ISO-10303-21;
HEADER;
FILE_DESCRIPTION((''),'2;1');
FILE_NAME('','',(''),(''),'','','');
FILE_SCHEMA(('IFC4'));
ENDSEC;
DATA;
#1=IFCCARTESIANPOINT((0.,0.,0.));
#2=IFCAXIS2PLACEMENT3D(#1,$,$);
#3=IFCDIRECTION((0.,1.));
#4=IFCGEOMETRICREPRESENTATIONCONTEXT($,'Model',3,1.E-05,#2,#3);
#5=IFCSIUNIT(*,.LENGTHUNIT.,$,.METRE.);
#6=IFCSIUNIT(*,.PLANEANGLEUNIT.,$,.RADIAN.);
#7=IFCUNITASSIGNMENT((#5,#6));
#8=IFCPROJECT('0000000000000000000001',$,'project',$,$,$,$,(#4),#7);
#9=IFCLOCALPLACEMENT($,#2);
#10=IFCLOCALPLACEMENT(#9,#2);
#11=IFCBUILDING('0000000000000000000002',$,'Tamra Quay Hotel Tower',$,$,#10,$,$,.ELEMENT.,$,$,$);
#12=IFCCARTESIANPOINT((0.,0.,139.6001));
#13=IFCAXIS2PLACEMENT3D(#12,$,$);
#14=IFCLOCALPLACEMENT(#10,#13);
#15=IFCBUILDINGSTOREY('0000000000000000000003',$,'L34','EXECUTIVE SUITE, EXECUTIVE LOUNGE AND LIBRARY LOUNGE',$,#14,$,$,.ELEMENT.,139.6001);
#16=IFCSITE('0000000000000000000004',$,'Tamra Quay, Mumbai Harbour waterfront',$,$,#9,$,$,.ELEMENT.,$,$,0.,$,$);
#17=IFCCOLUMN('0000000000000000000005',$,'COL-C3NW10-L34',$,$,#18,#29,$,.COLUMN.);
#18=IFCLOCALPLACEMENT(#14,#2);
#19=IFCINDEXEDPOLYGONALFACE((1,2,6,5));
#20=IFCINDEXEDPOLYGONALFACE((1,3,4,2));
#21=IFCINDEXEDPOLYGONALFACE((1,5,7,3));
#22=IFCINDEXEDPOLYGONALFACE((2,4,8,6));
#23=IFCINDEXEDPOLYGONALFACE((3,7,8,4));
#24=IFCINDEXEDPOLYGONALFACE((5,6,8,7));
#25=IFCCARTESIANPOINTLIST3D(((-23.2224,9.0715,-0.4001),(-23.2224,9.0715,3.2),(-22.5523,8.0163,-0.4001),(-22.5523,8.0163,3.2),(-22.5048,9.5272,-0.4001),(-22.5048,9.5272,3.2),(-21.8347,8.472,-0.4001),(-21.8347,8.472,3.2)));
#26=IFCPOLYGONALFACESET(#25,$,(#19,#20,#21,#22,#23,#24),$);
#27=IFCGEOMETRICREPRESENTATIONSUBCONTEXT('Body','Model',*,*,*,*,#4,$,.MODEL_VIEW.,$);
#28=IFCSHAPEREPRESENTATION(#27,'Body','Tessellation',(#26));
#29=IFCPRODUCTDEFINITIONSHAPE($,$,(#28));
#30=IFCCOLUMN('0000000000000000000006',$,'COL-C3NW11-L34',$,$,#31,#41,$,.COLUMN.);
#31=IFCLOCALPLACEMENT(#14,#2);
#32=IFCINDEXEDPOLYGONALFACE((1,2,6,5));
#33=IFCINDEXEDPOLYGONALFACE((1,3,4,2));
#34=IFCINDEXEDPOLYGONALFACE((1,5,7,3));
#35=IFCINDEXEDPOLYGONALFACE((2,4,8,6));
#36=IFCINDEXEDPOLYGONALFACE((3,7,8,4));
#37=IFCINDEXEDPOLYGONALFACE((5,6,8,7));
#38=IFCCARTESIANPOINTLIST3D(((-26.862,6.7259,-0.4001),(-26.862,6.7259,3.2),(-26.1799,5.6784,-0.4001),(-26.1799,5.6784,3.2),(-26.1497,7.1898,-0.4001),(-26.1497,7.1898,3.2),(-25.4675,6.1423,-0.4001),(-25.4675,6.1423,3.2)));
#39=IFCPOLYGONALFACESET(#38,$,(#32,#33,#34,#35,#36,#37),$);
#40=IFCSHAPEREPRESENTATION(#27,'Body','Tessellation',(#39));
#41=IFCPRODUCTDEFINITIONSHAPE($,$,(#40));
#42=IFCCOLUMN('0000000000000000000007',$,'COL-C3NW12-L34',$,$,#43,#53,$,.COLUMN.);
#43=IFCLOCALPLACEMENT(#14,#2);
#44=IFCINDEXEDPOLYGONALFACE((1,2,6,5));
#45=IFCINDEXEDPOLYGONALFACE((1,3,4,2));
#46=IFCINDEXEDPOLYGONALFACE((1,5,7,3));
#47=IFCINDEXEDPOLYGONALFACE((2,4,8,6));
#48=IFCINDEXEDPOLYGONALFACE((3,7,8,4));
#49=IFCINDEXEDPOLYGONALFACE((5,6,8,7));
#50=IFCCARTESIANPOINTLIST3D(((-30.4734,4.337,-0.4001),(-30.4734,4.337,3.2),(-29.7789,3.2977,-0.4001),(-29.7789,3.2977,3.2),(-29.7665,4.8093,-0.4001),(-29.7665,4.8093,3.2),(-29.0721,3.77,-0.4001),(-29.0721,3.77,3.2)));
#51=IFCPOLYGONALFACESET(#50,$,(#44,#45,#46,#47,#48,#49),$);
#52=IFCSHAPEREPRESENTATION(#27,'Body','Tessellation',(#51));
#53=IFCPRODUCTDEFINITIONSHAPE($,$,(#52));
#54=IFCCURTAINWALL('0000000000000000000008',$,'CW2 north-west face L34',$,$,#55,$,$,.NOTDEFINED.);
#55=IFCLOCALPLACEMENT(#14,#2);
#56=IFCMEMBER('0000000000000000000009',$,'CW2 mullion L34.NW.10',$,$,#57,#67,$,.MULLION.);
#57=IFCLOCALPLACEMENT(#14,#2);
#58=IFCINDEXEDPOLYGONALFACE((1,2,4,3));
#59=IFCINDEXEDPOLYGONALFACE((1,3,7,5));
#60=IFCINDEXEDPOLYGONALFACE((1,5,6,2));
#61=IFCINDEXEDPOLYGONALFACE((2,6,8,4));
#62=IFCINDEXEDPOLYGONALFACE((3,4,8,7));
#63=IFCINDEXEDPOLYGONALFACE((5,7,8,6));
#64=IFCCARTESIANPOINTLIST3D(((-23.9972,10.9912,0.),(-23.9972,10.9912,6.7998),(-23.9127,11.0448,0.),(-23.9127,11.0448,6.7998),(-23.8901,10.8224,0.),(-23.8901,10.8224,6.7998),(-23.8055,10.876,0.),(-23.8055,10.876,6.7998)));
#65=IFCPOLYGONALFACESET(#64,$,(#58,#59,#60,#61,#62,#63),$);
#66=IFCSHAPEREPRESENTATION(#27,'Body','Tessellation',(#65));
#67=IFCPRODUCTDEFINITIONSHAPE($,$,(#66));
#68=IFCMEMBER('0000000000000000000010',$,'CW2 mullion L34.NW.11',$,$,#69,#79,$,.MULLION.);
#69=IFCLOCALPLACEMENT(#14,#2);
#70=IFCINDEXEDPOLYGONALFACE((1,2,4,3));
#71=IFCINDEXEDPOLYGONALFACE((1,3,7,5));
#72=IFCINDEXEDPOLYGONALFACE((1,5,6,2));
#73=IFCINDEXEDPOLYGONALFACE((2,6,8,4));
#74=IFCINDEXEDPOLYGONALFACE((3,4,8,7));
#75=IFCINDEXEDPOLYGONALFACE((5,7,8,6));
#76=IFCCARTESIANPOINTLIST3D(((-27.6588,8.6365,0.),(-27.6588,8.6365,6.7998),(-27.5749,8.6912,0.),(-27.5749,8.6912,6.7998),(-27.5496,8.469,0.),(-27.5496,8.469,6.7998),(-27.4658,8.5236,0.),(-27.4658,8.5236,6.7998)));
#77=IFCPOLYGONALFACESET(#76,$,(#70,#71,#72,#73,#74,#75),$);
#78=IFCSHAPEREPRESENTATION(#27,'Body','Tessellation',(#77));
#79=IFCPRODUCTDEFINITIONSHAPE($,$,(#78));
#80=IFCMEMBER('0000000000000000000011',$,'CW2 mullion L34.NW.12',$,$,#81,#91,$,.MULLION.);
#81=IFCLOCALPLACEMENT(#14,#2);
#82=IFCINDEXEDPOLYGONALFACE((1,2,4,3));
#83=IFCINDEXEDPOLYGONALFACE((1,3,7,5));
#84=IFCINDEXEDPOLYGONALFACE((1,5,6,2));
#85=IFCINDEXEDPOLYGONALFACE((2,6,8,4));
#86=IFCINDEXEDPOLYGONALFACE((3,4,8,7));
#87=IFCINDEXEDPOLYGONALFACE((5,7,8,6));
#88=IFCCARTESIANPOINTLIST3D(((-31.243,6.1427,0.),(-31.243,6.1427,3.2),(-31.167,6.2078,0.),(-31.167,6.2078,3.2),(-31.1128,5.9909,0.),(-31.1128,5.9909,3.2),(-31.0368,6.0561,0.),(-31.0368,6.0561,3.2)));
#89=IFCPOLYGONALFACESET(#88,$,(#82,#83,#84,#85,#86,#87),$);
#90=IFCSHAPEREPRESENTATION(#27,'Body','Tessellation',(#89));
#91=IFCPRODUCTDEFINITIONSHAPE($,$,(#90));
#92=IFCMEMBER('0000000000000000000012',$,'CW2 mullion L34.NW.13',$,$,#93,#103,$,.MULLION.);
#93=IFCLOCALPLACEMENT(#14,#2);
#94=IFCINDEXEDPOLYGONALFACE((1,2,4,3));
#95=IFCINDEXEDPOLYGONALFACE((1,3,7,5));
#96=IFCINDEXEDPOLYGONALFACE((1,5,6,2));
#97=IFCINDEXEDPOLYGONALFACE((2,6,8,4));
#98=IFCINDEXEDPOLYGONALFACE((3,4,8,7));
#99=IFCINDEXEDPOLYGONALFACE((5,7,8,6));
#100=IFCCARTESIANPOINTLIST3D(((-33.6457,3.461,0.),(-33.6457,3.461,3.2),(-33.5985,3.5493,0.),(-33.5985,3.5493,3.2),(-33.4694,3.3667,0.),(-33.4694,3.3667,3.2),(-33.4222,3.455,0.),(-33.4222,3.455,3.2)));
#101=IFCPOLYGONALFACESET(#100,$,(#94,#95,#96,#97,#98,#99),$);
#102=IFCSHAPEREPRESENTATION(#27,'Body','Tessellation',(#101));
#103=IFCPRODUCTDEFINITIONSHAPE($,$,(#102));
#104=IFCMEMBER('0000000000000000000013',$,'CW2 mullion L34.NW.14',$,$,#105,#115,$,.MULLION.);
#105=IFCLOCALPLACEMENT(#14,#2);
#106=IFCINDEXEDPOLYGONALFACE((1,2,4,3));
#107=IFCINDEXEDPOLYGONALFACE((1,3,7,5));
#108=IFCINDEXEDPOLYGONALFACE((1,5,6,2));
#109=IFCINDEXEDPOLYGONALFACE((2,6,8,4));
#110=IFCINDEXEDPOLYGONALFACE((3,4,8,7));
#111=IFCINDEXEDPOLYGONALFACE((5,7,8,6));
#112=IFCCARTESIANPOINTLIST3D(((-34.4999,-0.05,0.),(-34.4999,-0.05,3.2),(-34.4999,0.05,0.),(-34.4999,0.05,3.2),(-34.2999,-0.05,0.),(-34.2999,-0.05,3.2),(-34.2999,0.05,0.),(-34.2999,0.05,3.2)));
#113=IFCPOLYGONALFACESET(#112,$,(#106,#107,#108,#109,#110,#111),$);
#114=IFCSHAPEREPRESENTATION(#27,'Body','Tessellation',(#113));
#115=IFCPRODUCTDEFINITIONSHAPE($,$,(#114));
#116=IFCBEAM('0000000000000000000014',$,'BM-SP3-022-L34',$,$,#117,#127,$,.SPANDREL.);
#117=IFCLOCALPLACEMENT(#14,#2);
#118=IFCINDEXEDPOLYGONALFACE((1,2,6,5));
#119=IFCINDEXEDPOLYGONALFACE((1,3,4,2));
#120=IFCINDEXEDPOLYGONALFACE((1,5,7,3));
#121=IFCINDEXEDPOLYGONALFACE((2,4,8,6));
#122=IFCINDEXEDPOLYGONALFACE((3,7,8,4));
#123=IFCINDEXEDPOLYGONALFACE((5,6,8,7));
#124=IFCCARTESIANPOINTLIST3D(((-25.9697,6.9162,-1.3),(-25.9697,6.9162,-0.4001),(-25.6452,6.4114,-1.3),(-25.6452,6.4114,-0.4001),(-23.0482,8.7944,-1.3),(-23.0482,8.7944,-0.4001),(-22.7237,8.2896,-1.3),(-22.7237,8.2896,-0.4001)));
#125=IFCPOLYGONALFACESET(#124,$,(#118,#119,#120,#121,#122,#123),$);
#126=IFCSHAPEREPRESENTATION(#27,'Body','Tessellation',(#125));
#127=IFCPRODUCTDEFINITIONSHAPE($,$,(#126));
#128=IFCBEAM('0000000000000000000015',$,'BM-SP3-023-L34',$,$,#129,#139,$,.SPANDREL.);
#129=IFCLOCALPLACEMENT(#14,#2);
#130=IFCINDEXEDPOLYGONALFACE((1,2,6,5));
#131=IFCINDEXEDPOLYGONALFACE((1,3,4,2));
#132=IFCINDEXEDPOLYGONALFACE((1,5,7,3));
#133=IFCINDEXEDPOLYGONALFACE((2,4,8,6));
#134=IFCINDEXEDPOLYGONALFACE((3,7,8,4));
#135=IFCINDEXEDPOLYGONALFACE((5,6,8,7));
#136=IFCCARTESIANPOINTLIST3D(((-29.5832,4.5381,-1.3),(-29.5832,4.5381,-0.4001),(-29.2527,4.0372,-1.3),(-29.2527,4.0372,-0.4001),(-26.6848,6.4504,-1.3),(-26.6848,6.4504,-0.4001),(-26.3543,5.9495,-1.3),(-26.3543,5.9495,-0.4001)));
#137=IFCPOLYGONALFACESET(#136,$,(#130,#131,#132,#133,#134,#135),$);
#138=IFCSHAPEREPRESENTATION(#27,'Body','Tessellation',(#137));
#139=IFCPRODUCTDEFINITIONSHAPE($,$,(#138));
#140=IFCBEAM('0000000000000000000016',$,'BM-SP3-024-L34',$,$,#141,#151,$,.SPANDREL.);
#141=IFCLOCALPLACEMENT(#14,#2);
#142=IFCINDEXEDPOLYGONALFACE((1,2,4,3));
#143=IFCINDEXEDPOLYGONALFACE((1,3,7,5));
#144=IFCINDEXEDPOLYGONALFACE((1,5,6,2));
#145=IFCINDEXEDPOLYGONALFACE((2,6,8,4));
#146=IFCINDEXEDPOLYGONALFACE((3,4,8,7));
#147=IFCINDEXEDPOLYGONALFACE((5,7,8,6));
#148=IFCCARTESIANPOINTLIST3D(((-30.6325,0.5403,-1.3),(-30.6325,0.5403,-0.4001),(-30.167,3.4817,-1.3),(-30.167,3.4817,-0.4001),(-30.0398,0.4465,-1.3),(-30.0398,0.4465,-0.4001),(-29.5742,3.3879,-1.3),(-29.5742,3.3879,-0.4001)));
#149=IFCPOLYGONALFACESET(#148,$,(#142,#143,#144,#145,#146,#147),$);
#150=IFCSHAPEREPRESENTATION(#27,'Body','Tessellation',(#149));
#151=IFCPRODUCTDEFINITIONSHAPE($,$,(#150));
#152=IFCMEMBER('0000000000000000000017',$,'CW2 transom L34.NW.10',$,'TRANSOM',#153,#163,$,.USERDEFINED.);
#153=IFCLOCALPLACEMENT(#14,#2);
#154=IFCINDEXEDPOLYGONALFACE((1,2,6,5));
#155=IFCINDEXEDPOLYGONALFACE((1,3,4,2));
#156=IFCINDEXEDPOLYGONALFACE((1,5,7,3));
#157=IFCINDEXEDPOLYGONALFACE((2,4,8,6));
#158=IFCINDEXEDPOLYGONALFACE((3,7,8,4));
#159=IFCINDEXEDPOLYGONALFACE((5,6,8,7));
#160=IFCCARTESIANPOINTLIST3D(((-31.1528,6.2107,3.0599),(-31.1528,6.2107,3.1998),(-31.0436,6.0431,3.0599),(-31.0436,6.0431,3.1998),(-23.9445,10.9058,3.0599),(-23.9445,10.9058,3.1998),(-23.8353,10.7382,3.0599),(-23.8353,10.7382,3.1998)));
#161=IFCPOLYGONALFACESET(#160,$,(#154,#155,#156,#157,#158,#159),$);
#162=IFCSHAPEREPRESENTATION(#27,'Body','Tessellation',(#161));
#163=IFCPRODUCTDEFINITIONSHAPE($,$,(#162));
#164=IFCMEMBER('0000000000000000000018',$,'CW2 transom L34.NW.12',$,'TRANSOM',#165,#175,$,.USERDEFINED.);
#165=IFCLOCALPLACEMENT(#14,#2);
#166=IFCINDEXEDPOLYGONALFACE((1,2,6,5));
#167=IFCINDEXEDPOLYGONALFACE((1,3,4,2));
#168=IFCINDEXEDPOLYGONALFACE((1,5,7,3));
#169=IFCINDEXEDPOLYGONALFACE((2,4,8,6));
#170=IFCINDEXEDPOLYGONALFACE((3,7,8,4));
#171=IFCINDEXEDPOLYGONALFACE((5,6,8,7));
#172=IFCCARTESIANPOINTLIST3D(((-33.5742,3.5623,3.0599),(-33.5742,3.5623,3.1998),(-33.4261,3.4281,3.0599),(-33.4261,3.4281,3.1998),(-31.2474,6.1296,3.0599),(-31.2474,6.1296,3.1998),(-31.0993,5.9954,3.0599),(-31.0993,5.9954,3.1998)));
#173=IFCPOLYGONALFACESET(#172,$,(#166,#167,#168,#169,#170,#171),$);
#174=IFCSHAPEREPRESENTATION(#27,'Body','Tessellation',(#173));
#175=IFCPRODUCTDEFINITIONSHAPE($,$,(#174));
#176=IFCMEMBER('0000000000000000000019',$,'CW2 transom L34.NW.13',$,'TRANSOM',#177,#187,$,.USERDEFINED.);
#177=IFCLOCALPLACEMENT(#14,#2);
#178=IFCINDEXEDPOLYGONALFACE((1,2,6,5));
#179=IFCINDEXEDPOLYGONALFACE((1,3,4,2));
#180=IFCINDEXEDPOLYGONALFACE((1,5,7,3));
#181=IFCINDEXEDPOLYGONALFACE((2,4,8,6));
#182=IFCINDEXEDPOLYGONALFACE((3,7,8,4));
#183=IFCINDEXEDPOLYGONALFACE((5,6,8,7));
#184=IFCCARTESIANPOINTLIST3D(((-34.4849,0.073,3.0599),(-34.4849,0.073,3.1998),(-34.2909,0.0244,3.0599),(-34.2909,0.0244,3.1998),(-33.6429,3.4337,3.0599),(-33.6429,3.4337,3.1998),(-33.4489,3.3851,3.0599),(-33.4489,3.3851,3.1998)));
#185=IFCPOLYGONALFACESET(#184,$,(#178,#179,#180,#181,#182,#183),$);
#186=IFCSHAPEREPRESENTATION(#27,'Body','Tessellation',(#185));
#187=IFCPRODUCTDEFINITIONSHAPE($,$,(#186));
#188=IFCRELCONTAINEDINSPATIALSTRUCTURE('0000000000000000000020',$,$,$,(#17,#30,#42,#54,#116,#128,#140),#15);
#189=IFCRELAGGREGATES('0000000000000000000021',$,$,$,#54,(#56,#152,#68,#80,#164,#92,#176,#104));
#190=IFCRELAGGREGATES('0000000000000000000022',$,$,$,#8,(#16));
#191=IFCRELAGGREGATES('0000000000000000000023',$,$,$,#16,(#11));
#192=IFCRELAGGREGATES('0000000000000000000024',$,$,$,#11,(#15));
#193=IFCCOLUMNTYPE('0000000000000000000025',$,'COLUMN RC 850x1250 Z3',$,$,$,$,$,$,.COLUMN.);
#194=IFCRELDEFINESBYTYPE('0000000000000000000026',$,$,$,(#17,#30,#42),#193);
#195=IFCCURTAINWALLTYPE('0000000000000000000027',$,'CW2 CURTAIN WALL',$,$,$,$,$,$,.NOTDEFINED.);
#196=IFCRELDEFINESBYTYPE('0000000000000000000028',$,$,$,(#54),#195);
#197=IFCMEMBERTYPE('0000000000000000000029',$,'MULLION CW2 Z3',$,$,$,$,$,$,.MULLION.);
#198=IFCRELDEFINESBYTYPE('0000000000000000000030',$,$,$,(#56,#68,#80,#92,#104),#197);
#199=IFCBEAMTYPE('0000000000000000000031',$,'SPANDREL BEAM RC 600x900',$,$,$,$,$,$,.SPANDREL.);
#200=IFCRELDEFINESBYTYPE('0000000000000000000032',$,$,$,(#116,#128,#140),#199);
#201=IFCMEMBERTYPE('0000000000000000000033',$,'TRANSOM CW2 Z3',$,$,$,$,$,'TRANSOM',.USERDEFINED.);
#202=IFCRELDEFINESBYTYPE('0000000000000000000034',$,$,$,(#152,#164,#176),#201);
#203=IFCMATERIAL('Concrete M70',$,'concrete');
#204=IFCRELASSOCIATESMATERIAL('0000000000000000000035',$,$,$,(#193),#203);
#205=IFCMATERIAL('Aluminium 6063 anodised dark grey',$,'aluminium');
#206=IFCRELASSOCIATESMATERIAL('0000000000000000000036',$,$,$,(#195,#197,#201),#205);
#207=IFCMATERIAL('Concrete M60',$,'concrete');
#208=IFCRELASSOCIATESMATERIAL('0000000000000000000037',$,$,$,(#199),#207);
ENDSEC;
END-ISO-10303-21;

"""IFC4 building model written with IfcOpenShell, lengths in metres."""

from ifc_helpers import new_model, si_unit, direction, frame, origin, origin_2d, place, context, subcontext, project, spatial, rectangle, extrude, material, material_profile, profile_set, type_object, element, aggregate, save


model = new_model("IFC4")

# Units and contexts
model_context = context("Model", 3, precision=1e-05, world=origin(), true_north=direction((0.0, 1.0)))
body_context = subcontext(model_context, "Body", "Model", "MODEL_VIEW")
ifc_project = project(units=[si_unit("LENGTHUNIT", "METRE"), si_unit("PLANEANGLEUNIT", "RADIAN")], contexts=[model_context])

# Site, building, storey
site_placement = place(None, origin())
site = spatial("IfcSite", under=ifc_project, at=site_placement, Name="Tamra Quay, Mumbai Harbour waterfront", CompositionType="ELEMENT", RefElevation=0.0)
building_placement = place(site_placement, origin())
building = spatial("IfcBuilding", under=site, at=building_placement, Name="Tamra Quay Hotel Tower", CompositionType="ELEMENT")
storey_placement = place(building_placement, frame((0.0, 0.0, 139.6001)))
storey = spatial("IfcBuildingStorey", under=building, at=storey_placement, Name="L34", Description="EXECUTIVE SUITE, EXECUTIVE LOUNGE AND LIBRARY LOUNGE", CompositionType="ELEMENT", Elevation=139.6001)

# Columns
ifc_material_1 = material(Name="Concrete M70", Category="concrete")
ifc_material_profile_1 = material_profile(ifc_material_1, rectangle(XDim=1.25, YDim=0.8501, at=origin_2d()), Name="COLUMN RC 850x1250 Z3")
ifc_profile_set_1 = profile_set([ifc_material_profile_1], Name="Concrete M70")
column_type = type_object("IfcColumnType", Name="COLUMN RC 850x1250 Z3", PredefinedType="COLUMN", material=ifc_profile_set_1)
for number, where, z_axis, x_axis, name in (
    (1, (-22.5286, 8.7717, -0.4001), (0.0, 0.0, 1.0), (-0.536102, 0.844153, 0.0), "COL-C3NW10-L34"),
    (2, (-26.1648, 6.4341, -0.4001), (0.0, 0.0, 1.0), (-0.545703, 0.837979, 0.0), "COL-C3NW11-L34"),
    (3, (-29.7727, 4.0535, -0.4001), (0.0, 0.0, 1.0), (-0.555583, 0.831461, 0.0), "COL-C3NW12-L34"),
):
    element("IfcColumn", number, at=place(storey_placement, frame(where, z_axis=z_axis, x_axis=x_axis)), inside=storey, type_object=column_type, Name=name, PredefinedType="COLUMN", context=body_context, shape_type="SweptSolid", body=[
        extrude(rectangle(XDim=1.25, YDim=0.8501, at=origin_2d()), origin(), (0.0, 0.0, 1.0), 3.6001),
    ])

# Curtain wall, members
ifc_material_2 = material(Name="Aluminium 6063 anodised dark grey", Category="aluminium")
curtain_wall_type = type_object("IfcCurtainWallType", Name="CW2 CURTAIN WALL", PredefinedType="NOTDEFINED", material=ifc_material_2)
curtain_wall_placement = place(storey_placement, origin())
curtain_wall = element("IfcCurtainWall", 4, at=curtain_wall_placement, inside=storey, type_object=curtain_wall_type, Name="CW2 north-west face L34", PredefinedType="NOTDEFINED")
ifc_material_profile_2 = material_profile(ifc_material_2, rectangle(XDim=0.2, YDim=0.1001, at=origin_2d()), Name="MULLION 100X200")
ifc_profile_set_2 = profile_set([ifc_material_profile_2], Name="Aluminium 6063 anodised dark grey")
member_type_1 = type_object("IfcMemberType", Name="MULLION CW2 Z3", PredefinedType="MULLION", material=ifc_profile_set_2)
member_1_placement = place(storey_placement, frame((-23.9014, 10.9336, 0.0), z_axis=(0.0, 0.0, 1.0), x_axis=(-0.53576, 0.84437, 0.0)))
member_1 = element("IfcMember", 5, at=member_1_placement, type_object=member_type_1, Name="CW2 mullion L34.NW.10", PredefinedType="MULLION", context=body_context, shape_type="SweptSolid", body=[
    extrude(rectangle(XDim=0.2, YDim=0.1001, at=origin_2d()), origin(), (0.0, 0.0, 1.0), 6.7998),
])
member_2_placement = place(storey_placement, frame((-27.5623, 8.5801, 0.0), z_axis=(0.0, 0.0, 1.0), x_axis=(-0.54578, 0.837928, 0.0)))
member_2 = element("IfcMember", 6, at=member_2_placement, type_object=member_type_1, Name="CW2 mullion L34.NW.11", PredefinedType="MULLION", context=body_context, shape_type="SweptSolid", body=[
    extrude(rectangle(XDim=0.2, YDim=0.1001, at=origin_2d()), origin(), (0.0, 0.0, 1.0), 6.7998),
])
member_3_placement = place(storey_placement, frame((-31.1399, 6.0994, 0.0), z_axis=(0.0, 0.0, 1.0), x_axis=(-0.650989, 0.759087, 0.0)))
member_3 = element("IfcMember", 7, at=member_3_placement, type_object=member_type_1, Name="CW2 mullion L34.NW.12", PredefinedType="MULLION", context=body_context, shape_type="SweptSolid", body=[
    extrude(rectangle(XDim=0.2, YDim=0.1001, at=origin_2d()), origin(), (0.0, 0.0, 1.0), 3.2),
])
member_4_placement = place(storey_placement, frame((-33.5339, 3.458, 0.0), z_axis=(0.0, 0.0, 1.0), x_axis=(-0.881925, 0.471389, 0.0)))
member_4 = element("IfcMember", 8, at=member_4_placement, type_object=member_type_1, Name="CW2 mullion L34.NW.13", PredefinedType="MULLION", context=body_context, shape_type="SweptSolid", body=[
    extrude(rectangle(XDim=0.2, YDim=0.1001, at=origin_2d()), origin(), (0.0, 0.0, 1.0), 3.2),
])
member_5_placement = place(storey_placement, frame((-34.3999, 0.0, 0.0), z_axis=(0.0, 0.0, 1.0), x_axis=(-1.0, 0.0, 0.0)))
member_5 = element("IfcMember", 9, at=member_5_placement, type_object=member_type_1, Name="CW2 mullion L34.NW.14", PredefinedType="MULLION", context=body_context, shape_type="SweptSolid", body=[
    extrude(rectangle(XDim=0.2, YDim=0.1001, at=origin_2d()), origin(), (0.0, 0.0, 1.0), 3.2),
])

# Beams
ifc_material_3 = material(Name="Concrete M60", Category="concrete")
ifc_material_profile_3 = material_profile(ifc_material_3, rectangle(XDim=0.6001, YDim=0.8999, at=origin_2d()), Name="SPANDREL BEAM RC 600x900")
ifc_profile_set_3 = profile_set([ifc_material_profile_3], Name="Concrete M60")
beam_type = type_object("IfcBeamType", Name="SPANDREL BEAM RC 600x900", PredefinedType="SPANDREL", material=ifc_profile_set_3)
beam_1_placement = place(storey_placement, frame((-22.886, 8.542, -0.8501), z_axis=(-0.84116, -0.540786, 0.0), x_axis=(0.540786, -0.84116, 0.0)))
element("IfcBeam", 10, at=beam_1_placement, inside=storey, type_object=beam_type, Name="BM-SP3-022-L34", PredefinedType="SPANDREL", context=body_context, shape_type="SweptSolid", body=[
    extrude(rectangle(XDim=0.6001, YDim=0.8999, at=origin_2d()), origin(), (0.0, 0.0, 1.0), 3.4731),
])
beam_2_placement = place(storey_placement, frame((-26.5195, 6.2, -0.8501), z_axis=(-0.834691, -0.550719, 0.0), x_axis=(0.550719, -0.834691, 0.0)))
element("IfcBeam", 11, at=beam_2_placement, inside=storey, type_object=beam_type, Name="BM-SP3-023-L34", PredefinedType="SPANDREL", context=body_context, shape_type="SweptSolid", body=[
    extrude(rectangle(XDim=0.6001, YDim=0.8999, at=origin_2d()), origin(), (0.0, 0.0, 1.0), 3.4724),
])
beam_3_placement = place(storey_placement, frame((-29.8706, 3.4348, -0.8501), z_axis=(-0.156337, -0.987704, 0.0), x_axis=(0.987704, -0.156337, 0.0)))
element("IfcBeam", 12, at=beam_3_placement, inside=storey, type_object=beam_type, Name="BM-SP3-024-L34", PredefinedType="SPANDREL", context=body_context, shape_type="SweptSolid", body=[
    extrude(rectangle(XDim=0.6001, YDim=0.8999, at=origin_2d()), origin(), (0.0, 0.0, 1.0), 2.978),
])

# Members
ifc_material_profile_4 = material_profile(ifc_material_2, rectangle(XDim=0.2, YDim=0.1399, at=origin_2d()), Name="TRANSOM 200X140")
ifc_profile_set_4 = profile_set([ifc_material_profile_4], Name="Aluminium 6063 anodised dark grey")
member_type_2 = type_object("IfcMemberType", Name="TRANSOM CW2 Z3", ElementType="TRANSOM", PredefinedType="USERDEFINED", material=ifc_profile_set_4)
member_6_placement = place(storey_placement, frame((-23.8899, 10.822, 3.1299), z_axis=(-0.837928, -0.545781, 0.0), x_axis=(0.545781, -0.837928, 0.0)))
member_6 = element("IfcMember", 13, at=member_6_placement, type_object=member_type_2, Name="CW2 transom L34.NW.10", ObjectType="TRANSOM", PredefinedType="USERDEFINED", context=body_context, shape_type="SweptSolid", body=[
    extrude(rectangle(XDim=0.2, YDim=0.1399, at=origin_2d()), origin(), (0.0, 0.0, 1.0), 8.6025),
])
member_7_placement = place(storey_placement, frame((-31.1733, 6.0625, 3.1299), z_axis=(-0.671553, -0.740956, 0.0), x_axis=(0.740956, -0.671553, 0.0)))
member_7 = element("IfcMember", 14, at=member_7_placement, type_object=member_type_2, Name="CW2 transom L34.NW.12", ObjectType="TRANSOM", PredefinedType="USERDEFINED", context=body_context, shape_type="SweptSolid", body=[
    extrude(rectangle(XDim=0.2, YDim=0.1399, at=origin_2d()), origin(), (0.0, 0.0, 1.0), 3.4648),
])
member_8_placement = place(storey_placement, frame((-33.5459, 3.4094, 3.1299), z_axis=(-0.243033, -0.970018, 0.0), x_axis=(0.970018, -0.243033, 0.0)))
member_8 = element("IfcMember", 15, at=member_8_placement, type_object=member_type_2, Name="CW2 transom L34.NW.13", ObjectType="TRANSOM", PredefinedType="USERDEFINED", context=body_context, shape_type="SweptSolid", body=[
    extrude(rectangle(XDim=0.2, YDim=0.1399, at=origin_2d()), origin(), (0.0, 0.0, 1.0), 3.4646),
])

aggregate(curtain_wall, [member_1, member_6, member_2, member_3, member_7, member_4, member_8, member_5])

save(model, "model.ifc")
